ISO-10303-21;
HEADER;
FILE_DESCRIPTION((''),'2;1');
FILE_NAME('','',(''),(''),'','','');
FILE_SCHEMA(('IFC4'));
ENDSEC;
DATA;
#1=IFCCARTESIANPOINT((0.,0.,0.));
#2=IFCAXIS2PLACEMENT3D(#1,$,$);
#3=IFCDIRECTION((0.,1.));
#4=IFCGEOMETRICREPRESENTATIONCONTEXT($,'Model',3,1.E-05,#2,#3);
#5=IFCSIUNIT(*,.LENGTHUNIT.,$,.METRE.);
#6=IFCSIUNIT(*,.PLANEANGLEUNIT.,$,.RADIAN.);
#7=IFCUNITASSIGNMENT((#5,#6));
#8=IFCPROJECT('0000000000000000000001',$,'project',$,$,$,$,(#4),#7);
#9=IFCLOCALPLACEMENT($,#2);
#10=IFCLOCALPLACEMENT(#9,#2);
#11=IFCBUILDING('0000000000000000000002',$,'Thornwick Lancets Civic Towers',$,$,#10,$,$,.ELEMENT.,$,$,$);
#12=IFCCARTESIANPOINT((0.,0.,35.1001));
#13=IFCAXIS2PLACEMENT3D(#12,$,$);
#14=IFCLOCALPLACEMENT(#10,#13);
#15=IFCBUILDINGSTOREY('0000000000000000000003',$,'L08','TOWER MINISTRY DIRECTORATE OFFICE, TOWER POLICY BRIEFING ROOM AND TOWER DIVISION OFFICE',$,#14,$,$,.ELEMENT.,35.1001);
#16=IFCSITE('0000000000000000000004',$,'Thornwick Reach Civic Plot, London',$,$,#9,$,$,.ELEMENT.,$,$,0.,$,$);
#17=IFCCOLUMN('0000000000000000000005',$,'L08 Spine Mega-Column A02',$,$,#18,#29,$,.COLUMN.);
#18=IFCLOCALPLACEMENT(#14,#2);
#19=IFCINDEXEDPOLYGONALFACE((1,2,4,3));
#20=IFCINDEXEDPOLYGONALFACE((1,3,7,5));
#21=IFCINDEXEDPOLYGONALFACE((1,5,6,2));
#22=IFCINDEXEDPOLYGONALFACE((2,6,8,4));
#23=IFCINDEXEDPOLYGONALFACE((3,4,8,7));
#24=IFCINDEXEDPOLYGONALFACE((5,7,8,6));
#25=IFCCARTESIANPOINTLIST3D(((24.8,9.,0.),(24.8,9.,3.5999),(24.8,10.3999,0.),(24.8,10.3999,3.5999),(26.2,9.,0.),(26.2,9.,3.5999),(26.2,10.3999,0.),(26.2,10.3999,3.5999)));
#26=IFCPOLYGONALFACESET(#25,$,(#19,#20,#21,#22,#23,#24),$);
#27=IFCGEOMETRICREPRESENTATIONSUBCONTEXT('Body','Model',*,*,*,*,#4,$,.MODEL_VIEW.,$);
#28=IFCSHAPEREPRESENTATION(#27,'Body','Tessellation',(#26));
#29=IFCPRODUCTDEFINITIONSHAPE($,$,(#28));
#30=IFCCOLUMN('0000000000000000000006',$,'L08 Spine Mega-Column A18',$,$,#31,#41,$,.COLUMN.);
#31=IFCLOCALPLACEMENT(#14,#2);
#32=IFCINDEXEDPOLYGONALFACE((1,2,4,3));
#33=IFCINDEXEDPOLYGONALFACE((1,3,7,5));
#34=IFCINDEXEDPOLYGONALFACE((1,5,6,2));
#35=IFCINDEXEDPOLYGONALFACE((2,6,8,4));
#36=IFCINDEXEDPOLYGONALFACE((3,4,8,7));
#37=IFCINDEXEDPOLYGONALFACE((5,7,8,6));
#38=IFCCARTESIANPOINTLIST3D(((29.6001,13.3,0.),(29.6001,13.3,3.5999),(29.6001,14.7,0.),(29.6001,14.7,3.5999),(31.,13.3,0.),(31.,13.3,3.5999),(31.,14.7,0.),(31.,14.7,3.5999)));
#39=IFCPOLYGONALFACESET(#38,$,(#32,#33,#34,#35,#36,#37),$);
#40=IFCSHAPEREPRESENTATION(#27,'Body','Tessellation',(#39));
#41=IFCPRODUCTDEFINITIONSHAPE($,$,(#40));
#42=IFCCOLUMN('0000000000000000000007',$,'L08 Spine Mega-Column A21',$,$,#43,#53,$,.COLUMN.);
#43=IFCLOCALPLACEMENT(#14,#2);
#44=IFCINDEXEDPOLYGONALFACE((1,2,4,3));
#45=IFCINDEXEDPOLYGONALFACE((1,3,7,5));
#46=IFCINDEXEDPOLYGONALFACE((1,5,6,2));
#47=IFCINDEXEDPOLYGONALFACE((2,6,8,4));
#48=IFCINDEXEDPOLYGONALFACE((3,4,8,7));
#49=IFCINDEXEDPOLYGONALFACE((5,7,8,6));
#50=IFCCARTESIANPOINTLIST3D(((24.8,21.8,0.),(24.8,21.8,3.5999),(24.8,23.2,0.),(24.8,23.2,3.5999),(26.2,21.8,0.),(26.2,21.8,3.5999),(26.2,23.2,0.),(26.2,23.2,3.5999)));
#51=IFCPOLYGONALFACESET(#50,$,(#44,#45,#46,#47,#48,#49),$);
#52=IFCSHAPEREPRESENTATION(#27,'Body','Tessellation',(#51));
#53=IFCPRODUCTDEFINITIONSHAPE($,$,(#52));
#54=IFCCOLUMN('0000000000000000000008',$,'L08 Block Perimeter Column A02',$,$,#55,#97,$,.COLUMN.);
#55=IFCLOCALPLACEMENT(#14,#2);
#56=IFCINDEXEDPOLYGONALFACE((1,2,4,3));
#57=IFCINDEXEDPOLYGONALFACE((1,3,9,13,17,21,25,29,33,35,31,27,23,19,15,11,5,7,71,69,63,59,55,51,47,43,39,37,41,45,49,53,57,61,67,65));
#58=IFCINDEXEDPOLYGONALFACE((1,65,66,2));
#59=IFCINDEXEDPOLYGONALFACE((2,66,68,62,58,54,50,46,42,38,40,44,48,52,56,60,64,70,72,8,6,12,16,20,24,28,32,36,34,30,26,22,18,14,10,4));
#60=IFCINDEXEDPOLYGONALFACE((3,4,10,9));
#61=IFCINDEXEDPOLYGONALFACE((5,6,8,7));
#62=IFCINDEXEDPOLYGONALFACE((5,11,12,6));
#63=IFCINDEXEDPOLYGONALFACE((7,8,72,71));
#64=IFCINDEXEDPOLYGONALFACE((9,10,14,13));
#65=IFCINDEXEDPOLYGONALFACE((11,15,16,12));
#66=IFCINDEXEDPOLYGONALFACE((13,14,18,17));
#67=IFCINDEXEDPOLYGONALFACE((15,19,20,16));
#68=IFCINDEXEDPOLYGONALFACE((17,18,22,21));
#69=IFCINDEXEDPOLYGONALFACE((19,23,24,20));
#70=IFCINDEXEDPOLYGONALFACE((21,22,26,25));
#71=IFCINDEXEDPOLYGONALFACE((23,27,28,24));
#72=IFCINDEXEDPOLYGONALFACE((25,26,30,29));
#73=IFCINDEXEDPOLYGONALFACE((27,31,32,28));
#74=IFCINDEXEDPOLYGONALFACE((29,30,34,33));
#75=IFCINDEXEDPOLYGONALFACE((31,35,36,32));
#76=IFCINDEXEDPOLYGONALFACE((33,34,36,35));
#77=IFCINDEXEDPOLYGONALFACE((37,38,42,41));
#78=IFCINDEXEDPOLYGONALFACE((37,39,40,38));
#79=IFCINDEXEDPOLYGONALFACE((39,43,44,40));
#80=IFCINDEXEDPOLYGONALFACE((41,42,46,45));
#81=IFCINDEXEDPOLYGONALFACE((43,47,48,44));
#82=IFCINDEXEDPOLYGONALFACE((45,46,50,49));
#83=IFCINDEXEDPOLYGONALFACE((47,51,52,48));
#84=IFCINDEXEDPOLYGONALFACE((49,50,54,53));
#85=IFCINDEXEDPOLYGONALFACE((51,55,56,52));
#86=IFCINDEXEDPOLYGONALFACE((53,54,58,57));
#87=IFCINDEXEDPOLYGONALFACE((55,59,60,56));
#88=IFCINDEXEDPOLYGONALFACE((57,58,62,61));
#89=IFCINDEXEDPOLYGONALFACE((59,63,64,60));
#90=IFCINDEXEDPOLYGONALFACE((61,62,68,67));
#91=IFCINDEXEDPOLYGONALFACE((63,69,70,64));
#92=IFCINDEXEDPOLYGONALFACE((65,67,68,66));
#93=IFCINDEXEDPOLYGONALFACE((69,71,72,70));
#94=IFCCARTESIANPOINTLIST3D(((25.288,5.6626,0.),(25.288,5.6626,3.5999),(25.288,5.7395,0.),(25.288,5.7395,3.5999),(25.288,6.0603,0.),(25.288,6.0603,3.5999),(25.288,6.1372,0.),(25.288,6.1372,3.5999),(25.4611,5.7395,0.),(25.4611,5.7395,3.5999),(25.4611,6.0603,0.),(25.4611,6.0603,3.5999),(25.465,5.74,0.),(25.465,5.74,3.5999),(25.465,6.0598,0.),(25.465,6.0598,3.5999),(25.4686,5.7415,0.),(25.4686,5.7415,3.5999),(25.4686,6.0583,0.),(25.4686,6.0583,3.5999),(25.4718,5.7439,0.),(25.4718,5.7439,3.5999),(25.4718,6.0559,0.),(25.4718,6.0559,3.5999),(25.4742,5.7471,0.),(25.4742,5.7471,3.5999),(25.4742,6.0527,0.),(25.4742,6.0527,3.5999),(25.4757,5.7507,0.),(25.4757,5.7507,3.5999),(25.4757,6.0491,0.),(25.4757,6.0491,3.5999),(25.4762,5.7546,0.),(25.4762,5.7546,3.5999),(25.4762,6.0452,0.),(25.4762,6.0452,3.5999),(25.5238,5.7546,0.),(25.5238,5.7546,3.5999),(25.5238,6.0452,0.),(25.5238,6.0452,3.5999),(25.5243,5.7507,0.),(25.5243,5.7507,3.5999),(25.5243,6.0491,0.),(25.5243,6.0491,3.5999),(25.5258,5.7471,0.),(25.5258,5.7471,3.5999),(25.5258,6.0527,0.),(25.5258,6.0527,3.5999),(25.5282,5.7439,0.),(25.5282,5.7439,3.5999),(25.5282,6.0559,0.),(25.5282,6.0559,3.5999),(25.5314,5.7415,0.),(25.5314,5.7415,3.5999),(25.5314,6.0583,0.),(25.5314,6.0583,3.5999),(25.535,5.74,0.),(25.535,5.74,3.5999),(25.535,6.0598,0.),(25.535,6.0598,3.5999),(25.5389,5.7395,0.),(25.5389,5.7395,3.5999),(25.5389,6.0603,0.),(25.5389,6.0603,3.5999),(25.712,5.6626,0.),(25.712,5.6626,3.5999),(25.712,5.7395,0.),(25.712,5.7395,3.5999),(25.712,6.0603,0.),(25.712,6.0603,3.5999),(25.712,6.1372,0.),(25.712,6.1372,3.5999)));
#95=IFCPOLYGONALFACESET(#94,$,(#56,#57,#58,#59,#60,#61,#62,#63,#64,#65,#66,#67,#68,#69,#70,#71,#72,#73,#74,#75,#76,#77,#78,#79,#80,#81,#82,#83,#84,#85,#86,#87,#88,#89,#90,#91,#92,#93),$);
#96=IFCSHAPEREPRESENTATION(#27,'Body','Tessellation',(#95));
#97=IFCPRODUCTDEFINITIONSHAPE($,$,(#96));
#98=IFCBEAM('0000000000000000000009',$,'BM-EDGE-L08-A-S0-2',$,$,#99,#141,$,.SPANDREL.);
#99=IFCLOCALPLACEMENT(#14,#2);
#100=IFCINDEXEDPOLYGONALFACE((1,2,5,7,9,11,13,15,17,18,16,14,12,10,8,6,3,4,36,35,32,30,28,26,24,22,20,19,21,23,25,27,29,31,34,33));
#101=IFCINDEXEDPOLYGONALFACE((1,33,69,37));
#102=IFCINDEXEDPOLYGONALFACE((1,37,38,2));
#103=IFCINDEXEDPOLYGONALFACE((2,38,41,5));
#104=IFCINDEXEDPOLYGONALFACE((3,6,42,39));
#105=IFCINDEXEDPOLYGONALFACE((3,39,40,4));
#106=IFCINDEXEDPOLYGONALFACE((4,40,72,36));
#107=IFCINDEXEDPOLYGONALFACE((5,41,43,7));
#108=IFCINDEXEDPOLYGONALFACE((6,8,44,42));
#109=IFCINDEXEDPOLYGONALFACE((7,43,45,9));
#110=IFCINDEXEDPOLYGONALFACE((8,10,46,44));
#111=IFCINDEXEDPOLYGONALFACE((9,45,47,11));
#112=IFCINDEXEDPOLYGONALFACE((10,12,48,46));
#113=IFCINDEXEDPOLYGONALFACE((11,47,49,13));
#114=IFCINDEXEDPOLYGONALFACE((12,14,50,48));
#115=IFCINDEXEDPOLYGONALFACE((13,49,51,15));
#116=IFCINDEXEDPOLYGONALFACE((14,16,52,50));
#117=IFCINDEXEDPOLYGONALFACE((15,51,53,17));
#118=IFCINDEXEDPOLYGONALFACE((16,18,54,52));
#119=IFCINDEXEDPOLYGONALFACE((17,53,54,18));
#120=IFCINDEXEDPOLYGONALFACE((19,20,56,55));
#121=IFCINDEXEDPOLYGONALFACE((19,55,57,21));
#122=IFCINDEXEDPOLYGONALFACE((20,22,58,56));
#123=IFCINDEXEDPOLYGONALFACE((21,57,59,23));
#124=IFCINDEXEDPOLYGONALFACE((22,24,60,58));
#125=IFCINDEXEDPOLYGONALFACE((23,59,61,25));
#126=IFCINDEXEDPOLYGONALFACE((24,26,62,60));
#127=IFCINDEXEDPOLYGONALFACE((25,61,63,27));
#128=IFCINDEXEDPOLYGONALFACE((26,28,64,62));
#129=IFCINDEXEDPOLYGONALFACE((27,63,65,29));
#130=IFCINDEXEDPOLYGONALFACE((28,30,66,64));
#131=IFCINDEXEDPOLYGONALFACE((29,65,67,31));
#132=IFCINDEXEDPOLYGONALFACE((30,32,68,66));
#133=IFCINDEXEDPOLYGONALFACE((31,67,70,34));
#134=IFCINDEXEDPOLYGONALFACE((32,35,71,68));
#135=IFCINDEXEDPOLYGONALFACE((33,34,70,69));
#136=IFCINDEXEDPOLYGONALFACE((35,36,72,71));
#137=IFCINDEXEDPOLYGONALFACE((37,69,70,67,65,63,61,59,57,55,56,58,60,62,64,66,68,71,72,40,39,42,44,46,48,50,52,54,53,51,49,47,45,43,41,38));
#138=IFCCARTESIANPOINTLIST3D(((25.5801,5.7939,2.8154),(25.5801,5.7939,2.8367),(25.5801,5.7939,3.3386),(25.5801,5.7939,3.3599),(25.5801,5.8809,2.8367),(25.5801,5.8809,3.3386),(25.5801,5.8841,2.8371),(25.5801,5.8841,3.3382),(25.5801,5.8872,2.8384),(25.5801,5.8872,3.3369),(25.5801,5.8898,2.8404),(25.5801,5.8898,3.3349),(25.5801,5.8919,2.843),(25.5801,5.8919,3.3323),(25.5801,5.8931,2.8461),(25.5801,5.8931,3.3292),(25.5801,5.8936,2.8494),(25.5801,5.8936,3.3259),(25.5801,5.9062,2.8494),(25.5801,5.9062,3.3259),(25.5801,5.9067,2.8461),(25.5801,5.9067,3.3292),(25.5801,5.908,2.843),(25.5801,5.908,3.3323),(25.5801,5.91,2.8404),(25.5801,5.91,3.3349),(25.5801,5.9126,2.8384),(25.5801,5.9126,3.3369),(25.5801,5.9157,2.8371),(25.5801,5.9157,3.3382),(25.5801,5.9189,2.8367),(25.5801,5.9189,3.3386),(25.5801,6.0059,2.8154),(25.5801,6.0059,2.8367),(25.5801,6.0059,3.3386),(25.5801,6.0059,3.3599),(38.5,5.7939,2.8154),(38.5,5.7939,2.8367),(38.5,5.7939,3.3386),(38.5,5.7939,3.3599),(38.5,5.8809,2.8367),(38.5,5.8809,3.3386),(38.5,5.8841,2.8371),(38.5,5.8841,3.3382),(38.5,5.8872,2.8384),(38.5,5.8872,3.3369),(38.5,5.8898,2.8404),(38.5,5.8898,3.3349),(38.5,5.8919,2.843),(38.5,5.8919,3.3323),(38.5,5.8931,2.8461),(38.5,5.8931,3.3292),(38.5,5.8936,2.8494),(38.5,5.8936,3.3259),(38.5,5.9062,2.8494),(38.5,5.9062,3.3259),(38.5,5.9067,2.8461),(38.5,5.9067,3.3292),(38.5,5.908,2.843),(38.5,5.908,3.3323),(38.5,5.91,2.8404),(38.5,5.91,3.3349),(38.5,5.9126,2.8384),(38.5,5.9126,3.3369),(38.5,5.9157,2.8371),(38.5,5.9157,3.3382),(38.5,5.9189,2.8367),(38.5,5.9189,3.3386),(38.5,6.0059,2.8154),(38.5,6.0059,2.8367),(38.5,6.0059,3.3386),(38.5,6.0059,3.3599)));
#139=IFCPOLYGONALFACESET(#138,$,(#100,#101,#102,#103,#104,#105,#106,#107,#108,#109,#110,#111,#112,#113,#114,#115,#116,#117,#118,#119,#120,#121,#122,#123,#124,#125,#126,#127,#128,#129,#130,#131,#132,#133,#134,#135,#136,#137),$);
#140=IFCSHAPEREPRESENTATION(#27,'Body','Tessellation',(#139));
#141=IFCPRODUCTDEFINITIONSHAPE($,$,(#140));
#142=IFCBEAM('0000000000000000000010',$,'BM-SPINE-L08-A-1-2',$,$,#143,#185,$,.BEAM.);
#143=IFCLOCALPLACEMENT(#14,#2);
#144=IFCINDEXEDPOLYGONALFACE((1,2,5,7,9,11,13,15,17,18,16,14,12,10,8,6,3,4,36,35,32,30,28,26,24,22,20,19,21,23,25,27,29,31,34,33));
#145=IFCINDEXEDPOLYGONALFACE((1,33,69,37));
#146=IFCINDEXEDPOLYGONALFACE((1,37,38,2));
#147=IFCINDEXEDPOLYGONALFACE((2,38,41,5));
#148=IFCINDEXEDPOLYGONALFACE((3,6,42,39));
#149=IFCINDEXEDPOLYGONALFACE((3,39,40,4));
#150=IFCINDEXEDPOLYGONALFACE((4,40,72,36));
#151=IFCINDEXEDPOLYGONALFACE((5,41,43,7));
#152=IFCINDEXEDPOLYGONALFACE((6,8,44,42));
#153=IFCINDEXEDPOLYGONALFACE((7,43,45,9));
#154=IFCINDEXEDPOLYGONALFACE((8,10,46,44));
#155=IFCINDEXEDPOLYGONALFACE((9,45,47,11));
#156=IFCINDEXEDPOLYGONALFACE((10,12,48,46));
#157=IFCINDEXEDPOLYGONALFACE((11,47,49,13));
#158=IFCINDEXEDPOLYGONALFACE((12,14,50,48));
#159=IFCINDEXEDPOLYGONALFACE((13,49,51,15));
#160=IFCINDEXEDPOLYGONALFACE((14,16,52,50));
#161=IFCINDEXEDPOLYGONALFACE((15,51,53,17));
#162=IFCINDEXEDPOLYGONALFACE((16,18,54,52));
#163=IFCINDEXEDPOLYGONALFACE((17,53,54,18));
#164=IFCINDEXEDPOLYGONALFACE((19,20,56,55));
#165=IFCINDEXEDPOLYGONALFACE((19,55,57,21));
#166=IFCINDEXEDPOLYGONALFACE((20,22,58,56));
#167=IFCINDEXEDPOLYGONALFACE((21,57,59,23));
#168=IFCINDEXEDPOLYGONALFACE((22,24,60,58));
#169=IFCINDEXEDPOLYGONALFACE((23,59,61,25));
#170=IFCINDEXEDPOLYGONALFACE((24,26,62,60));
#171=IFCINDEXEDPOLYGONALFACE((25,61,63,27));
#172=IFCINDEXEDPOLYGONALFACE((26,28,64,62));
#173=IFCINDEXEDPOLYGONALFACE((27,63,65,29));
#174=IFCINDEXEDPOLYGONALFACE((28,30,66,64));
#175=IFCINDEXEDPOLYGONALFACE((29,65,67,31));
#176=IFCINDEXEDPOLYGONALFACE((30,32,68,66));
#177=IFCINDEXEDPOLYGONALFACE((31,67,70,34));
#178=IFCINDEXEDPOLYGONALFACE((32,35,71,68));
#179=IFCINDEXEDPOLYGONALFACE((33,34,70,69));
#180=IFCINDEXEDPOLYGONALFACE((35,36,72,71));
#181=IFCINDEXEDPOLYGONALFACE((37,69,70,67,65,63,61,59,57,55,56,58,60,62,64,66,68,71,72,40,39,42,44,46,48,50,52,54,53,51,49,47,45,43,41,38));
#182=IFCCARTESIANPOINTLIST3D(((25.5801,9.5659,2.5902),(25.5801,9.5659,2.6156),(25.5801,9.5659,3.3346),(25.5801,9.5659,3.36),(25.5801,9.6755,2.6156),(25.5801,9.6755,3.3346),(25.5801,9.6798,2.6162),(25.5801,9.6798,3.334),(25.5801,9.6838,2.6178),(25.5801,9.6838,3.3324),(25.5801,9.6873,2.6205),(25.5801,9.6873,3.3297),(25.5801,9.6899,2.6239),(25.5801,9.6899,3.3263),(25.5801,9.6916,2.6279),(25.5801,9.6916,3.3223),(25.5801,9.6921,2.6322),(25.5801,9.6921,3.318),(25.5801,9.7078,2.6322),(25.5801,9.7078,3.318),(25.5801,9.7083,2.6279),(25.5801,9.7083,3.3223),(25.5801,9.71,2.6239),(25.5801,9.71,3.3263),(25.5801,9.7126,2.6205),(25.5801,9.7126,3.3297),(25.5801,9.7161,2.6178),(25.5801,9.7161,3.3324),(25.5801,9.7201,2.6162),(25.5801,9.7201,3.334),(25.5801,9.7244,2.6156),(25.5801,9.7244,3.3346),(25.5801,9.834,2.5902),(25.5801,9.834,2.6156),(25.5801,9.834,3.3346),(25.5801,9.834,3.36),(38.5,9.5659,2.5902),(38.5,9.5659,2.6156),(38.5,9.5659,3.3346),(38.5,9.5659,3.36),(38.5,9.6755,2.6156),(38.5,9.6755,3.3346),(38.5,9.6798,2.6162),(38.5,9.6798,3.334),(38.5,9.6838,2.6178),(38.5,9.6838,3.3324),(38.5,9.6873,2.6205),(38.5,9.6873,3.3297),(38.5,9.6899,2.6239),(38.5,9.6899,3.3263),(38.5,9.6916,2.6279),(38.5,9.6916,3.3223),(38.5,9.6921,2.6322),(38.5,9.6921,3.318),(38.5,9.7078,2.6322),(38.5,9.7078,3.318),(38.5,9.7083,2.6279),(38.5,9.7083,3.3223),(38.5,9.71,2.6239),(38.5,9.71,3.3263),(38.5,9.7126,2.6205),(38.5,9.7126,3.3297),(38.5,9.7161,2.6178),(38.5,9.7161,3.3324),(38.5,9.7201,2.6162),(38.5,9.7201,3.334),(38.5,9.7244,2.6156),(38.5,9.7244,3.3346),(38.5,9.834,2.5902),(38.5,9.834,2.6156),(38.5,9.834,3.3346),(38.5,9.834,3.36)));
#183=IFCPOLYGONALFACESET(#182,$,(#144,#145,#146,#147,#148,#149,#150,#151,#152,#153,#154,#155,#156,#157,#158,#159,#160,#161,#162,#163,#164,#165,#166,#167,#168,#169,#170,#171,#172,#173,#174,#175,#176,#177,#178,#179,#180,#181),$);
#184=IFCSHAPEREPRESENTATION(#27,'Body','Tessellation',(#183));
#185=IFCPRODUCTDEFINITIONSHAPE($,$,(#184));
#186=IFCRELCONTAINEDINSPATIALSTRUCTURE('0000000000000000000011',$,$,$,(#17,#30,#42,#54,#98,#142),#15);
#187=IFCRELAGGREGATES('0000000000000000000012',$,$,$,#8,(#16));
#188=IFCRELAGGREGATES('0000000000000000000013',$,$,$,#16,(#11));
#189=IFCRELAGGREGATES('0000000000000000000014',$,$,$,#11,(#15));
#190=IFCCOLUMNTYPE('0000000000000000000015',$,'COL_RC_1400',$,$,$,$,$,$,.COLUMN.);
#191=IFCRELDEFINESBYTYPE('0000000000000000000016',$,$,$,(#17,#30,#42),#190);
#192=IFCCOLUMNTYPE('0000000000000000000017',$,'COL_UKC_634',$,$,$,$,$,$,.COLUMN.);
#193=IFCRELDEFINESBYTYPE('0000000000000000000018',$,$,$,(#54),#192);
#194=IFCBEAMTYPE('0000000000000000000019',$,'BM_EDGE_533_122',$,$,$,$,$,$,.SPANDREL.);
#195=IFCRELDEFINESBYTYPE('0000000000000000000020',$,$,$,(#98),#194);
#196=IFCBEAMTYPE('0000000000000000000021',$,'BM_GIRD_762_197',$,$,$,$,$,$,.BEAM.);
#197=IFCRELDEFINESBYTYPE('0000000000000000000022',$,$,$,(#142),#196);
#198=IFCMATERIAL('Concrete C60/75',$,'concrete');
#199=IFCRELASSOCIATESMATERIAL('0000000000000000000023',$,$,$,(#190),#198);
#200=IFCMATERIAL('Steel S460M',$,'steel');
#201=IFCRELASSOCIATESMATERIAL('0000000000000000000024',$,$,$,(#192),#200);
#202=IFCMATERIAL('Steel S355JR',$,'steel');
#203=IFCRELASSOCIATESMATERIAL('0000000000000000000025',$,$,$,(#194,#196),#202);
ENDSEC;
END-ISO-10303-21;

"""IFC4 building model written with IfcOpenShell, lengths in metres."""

from ifc_helpers import new_model, si_unit, direction, frame, origin, origin_2d, place, context, subcontext, project, spatial, rectangle, i_section, extrude, material, material_profile, profile_set, type_object, element, save


model = new_model("IFC4")

# Units and contexts
model_context = context("Model", 3, precision=1e-05, world=origin(), true_north=direction((0.0, 1.0)))
body_context = subcontext(model_context, "Body", "Model", "MODEL_VIEW")
ifc_project = project(units=[si_unit("LENGTHUNIT", "METRE"), si_unit("PLANEANGLEUNIT", "RADIAN")], contexts=[model_context])

# Site, building, storey
site_placement = place(None, origin())
site = spatial("IfcSite", under=ifc_project, at=site_placement, Name="Thornwick Reach Civic Plot, London", CompositionType="ELEMENT", RefElevation=0.0)
building_placement = place(site_placement, origin())
building = spatial("IfcBuilding", under=site, at=building_placement, Name="Thornwick Lancets Civic Towers", CompositionType="ELEMENT")
storey_placement = place(building_placement, frame((0.0, 0.0, 35.1001)))
storey = spatial("IfcBuildingStorey", under=building, at=storey_placement, Name="L08", Description="TOWER MINISTRY DIRECTORATE OFFICE, TOWER POLICY BRIEFING ROOM AND TOWER DIVISION OFFICE", CompositionType="ELEMENT", Elevation=35.1001)

# Columns
ifc_material_1 = material(Name="Concrete C60/75", Category="concrete")
ifc_material_profile_1 = material_profile(ifc_material_1, rectangle(XDim=1.3999, YDim=1.3999, at=origin_2d()), Name="RC 1400x1400")
ifc_profile_set_1 = profile_set([ifc_material_profile_1], Name="Concrete C60/75")
column_type_1 = type_object("IfcColumnType", Name="COL_RC_1400", PredefinedType="COLUMN", material=ifc_profile_set_1)
for number, where, z_axis, x_axis, name in (
    (1, (25.5, 9.7, 0.0), (0.0, 0.0, 1.0), (1.0, 0.0, 0.0), "L08 Spine Mega-Column A02"),
    (2, (30.3, 14.0, 0.0), (0.0, 0.0, 1.0), (1.0, 0.0, 0.0), "L08 Spine Mega-Column A18"),
    (3, (25.5, 22.5, 0.0), (0.0, 0.0, 1.0), (1.0, 0.0, 0.0), "L08 Spine Mega-Column A21"),
):
    element("IfcColumn", number, at=place(storey_placement, frame(where, z_axis=z_axis, x_axis=x_axis)), inside=storey, type_object=column_type_1, Name=name, PredefinedType="COLUMN", context=body_context, shape_type="SweptSolid", body=[
        extrude(rectangle(XDim=1.3999, YDim=1.3999, at=origin_2d()), origin(), (0.0, 0.0, 1.0), 3.5999),
    ])
ifc_material_2 = material(Name="Steel S460M", Category="steel")
ifc_material_profile_2 = material_profile(ifc_material_2, i_section(OverallWidth=0.4241, OverallDepth=0.4746, WebThickness=0.0476, FlangeThickness=0.0769, FilletRadius=0.0151, at=origin_2d()), Name="UKC 356x406x634")
ifc_profile_set_2 = profile_set([ifc_material_profile_2], Name="Steel S460M")
column_type_2 = type_object("IfcColumnType", Name="COL_UKC_634", PredefinedType="COLUMN", material=ifc_profile_set_2)
column_placement = place(storey_placement, frame((25.5, 5.8999, 0.0), z_axis=(0.0, 0.0, 1.0), x_axis=(1.0, 0.0, 0.0)))
element("IfcColumn", 4, at=column_placement, inside=storey, type_object=column_type_2, Name="L08 Block Perimeter Column A02", PredefinedType="COLUMN", context=body_context, shape_type="SweptSolid", body=[
    extrude(i_section(OverallWidth=0.4241, OverallDepth=0.4746, WebThickness=0.0476, FlangeThickness=0.0769, FilletRadius=0.0151, at=origin_2d()), origin(), (0.0, 0.0, 1.0), 3.5999),
])

# Beams
ifc_material_3 = material(Name="Steel S355JR", Category="steel")
ifc_material_profile_3 = material_profile(ifc_material_3, i_section(OverallWidth=0.2119, OverallDepth=0.5444, WebThickness=0.0127, FlangeThickness=0.0212, FilletRadius=0.0127, at=origin_2d()), Name="UKB 533x210x122")
ifc_profile_set_3 = profile_set([ifc_material_profile_3], Name="Steel S355JR")
beam_type_1 = type_object("IfcBeamType", Name="BM_EDGE_533_122", PredefinedType="SPANDREL", material=ifc_profile_set_3)
beam_1_placement = place(storey_placement, frame((25.5801, 5.8999, 3.0876), z_axis=(1.0, 0.0, 0.0), x_axis=(0.0, 1.0, 0.0)))
element("IfcBeam", 5, at=beam_1_placement, inside=storey, type_object=beam_type_1, Name="BM-EDGE-L08-A-S0-2", PredefinedType="SPANDREL", context=body_context, shape_type="SweptSolid", body=[
    extrude(i_section(OverallWidth=0.2119, OverallDepth=0.5444, WebThickness=0.0127, FlangeThickness=0.0212, FilletRadius=0.0127, at=origin_2d()), origin(), (0.0, 0.0, 1.0), 12.9199),
])
ifc_material_profile_4 = material_profile(ifc_material_3, i_section(OverallWidth=0.2681, OverallDepth=0.7698, WebThickness=0.0156, FlangeThickness=0.0254, FilletRadius=0.0166, at=origin_2d()), Name="UKB 762x267x197")
ifc_profile_set_4 = profile_set([ifc_material_profile_4], Name="Steel S355JR")
beam_type_2 = type_object("IfcBeamType", Name="BM_GIRD_762_197", PredefinedType="BEAM", material=ifc_profile_set_4)
beam_2_placement = place(storey_placement, frame((25.5801, 9.7, 2.9751), z_axis=(1.0, 0.0, 0.0), x_axis=(0.0, 1.0, 0.0)))
element("IfcBeam", 6, at=beam_2_placement, inside=storey, type_object=beam_type_2, Name="BM-SPINE-L08-A-1-2", PredefinedType="BEAM", context=body_context, shape_type="SweptSolid", body=[
    extrude(i_section(OverallWidth=0.2681, OverallDepth=0.7698, WebThickness=0.0156, FlangeThickness=0.0254, FilletRadius=0.0166, at=origin_2d()), origin(), (0.0, 0.0, 1.0), 12.9199),
])

save(model, "model.ifc")
